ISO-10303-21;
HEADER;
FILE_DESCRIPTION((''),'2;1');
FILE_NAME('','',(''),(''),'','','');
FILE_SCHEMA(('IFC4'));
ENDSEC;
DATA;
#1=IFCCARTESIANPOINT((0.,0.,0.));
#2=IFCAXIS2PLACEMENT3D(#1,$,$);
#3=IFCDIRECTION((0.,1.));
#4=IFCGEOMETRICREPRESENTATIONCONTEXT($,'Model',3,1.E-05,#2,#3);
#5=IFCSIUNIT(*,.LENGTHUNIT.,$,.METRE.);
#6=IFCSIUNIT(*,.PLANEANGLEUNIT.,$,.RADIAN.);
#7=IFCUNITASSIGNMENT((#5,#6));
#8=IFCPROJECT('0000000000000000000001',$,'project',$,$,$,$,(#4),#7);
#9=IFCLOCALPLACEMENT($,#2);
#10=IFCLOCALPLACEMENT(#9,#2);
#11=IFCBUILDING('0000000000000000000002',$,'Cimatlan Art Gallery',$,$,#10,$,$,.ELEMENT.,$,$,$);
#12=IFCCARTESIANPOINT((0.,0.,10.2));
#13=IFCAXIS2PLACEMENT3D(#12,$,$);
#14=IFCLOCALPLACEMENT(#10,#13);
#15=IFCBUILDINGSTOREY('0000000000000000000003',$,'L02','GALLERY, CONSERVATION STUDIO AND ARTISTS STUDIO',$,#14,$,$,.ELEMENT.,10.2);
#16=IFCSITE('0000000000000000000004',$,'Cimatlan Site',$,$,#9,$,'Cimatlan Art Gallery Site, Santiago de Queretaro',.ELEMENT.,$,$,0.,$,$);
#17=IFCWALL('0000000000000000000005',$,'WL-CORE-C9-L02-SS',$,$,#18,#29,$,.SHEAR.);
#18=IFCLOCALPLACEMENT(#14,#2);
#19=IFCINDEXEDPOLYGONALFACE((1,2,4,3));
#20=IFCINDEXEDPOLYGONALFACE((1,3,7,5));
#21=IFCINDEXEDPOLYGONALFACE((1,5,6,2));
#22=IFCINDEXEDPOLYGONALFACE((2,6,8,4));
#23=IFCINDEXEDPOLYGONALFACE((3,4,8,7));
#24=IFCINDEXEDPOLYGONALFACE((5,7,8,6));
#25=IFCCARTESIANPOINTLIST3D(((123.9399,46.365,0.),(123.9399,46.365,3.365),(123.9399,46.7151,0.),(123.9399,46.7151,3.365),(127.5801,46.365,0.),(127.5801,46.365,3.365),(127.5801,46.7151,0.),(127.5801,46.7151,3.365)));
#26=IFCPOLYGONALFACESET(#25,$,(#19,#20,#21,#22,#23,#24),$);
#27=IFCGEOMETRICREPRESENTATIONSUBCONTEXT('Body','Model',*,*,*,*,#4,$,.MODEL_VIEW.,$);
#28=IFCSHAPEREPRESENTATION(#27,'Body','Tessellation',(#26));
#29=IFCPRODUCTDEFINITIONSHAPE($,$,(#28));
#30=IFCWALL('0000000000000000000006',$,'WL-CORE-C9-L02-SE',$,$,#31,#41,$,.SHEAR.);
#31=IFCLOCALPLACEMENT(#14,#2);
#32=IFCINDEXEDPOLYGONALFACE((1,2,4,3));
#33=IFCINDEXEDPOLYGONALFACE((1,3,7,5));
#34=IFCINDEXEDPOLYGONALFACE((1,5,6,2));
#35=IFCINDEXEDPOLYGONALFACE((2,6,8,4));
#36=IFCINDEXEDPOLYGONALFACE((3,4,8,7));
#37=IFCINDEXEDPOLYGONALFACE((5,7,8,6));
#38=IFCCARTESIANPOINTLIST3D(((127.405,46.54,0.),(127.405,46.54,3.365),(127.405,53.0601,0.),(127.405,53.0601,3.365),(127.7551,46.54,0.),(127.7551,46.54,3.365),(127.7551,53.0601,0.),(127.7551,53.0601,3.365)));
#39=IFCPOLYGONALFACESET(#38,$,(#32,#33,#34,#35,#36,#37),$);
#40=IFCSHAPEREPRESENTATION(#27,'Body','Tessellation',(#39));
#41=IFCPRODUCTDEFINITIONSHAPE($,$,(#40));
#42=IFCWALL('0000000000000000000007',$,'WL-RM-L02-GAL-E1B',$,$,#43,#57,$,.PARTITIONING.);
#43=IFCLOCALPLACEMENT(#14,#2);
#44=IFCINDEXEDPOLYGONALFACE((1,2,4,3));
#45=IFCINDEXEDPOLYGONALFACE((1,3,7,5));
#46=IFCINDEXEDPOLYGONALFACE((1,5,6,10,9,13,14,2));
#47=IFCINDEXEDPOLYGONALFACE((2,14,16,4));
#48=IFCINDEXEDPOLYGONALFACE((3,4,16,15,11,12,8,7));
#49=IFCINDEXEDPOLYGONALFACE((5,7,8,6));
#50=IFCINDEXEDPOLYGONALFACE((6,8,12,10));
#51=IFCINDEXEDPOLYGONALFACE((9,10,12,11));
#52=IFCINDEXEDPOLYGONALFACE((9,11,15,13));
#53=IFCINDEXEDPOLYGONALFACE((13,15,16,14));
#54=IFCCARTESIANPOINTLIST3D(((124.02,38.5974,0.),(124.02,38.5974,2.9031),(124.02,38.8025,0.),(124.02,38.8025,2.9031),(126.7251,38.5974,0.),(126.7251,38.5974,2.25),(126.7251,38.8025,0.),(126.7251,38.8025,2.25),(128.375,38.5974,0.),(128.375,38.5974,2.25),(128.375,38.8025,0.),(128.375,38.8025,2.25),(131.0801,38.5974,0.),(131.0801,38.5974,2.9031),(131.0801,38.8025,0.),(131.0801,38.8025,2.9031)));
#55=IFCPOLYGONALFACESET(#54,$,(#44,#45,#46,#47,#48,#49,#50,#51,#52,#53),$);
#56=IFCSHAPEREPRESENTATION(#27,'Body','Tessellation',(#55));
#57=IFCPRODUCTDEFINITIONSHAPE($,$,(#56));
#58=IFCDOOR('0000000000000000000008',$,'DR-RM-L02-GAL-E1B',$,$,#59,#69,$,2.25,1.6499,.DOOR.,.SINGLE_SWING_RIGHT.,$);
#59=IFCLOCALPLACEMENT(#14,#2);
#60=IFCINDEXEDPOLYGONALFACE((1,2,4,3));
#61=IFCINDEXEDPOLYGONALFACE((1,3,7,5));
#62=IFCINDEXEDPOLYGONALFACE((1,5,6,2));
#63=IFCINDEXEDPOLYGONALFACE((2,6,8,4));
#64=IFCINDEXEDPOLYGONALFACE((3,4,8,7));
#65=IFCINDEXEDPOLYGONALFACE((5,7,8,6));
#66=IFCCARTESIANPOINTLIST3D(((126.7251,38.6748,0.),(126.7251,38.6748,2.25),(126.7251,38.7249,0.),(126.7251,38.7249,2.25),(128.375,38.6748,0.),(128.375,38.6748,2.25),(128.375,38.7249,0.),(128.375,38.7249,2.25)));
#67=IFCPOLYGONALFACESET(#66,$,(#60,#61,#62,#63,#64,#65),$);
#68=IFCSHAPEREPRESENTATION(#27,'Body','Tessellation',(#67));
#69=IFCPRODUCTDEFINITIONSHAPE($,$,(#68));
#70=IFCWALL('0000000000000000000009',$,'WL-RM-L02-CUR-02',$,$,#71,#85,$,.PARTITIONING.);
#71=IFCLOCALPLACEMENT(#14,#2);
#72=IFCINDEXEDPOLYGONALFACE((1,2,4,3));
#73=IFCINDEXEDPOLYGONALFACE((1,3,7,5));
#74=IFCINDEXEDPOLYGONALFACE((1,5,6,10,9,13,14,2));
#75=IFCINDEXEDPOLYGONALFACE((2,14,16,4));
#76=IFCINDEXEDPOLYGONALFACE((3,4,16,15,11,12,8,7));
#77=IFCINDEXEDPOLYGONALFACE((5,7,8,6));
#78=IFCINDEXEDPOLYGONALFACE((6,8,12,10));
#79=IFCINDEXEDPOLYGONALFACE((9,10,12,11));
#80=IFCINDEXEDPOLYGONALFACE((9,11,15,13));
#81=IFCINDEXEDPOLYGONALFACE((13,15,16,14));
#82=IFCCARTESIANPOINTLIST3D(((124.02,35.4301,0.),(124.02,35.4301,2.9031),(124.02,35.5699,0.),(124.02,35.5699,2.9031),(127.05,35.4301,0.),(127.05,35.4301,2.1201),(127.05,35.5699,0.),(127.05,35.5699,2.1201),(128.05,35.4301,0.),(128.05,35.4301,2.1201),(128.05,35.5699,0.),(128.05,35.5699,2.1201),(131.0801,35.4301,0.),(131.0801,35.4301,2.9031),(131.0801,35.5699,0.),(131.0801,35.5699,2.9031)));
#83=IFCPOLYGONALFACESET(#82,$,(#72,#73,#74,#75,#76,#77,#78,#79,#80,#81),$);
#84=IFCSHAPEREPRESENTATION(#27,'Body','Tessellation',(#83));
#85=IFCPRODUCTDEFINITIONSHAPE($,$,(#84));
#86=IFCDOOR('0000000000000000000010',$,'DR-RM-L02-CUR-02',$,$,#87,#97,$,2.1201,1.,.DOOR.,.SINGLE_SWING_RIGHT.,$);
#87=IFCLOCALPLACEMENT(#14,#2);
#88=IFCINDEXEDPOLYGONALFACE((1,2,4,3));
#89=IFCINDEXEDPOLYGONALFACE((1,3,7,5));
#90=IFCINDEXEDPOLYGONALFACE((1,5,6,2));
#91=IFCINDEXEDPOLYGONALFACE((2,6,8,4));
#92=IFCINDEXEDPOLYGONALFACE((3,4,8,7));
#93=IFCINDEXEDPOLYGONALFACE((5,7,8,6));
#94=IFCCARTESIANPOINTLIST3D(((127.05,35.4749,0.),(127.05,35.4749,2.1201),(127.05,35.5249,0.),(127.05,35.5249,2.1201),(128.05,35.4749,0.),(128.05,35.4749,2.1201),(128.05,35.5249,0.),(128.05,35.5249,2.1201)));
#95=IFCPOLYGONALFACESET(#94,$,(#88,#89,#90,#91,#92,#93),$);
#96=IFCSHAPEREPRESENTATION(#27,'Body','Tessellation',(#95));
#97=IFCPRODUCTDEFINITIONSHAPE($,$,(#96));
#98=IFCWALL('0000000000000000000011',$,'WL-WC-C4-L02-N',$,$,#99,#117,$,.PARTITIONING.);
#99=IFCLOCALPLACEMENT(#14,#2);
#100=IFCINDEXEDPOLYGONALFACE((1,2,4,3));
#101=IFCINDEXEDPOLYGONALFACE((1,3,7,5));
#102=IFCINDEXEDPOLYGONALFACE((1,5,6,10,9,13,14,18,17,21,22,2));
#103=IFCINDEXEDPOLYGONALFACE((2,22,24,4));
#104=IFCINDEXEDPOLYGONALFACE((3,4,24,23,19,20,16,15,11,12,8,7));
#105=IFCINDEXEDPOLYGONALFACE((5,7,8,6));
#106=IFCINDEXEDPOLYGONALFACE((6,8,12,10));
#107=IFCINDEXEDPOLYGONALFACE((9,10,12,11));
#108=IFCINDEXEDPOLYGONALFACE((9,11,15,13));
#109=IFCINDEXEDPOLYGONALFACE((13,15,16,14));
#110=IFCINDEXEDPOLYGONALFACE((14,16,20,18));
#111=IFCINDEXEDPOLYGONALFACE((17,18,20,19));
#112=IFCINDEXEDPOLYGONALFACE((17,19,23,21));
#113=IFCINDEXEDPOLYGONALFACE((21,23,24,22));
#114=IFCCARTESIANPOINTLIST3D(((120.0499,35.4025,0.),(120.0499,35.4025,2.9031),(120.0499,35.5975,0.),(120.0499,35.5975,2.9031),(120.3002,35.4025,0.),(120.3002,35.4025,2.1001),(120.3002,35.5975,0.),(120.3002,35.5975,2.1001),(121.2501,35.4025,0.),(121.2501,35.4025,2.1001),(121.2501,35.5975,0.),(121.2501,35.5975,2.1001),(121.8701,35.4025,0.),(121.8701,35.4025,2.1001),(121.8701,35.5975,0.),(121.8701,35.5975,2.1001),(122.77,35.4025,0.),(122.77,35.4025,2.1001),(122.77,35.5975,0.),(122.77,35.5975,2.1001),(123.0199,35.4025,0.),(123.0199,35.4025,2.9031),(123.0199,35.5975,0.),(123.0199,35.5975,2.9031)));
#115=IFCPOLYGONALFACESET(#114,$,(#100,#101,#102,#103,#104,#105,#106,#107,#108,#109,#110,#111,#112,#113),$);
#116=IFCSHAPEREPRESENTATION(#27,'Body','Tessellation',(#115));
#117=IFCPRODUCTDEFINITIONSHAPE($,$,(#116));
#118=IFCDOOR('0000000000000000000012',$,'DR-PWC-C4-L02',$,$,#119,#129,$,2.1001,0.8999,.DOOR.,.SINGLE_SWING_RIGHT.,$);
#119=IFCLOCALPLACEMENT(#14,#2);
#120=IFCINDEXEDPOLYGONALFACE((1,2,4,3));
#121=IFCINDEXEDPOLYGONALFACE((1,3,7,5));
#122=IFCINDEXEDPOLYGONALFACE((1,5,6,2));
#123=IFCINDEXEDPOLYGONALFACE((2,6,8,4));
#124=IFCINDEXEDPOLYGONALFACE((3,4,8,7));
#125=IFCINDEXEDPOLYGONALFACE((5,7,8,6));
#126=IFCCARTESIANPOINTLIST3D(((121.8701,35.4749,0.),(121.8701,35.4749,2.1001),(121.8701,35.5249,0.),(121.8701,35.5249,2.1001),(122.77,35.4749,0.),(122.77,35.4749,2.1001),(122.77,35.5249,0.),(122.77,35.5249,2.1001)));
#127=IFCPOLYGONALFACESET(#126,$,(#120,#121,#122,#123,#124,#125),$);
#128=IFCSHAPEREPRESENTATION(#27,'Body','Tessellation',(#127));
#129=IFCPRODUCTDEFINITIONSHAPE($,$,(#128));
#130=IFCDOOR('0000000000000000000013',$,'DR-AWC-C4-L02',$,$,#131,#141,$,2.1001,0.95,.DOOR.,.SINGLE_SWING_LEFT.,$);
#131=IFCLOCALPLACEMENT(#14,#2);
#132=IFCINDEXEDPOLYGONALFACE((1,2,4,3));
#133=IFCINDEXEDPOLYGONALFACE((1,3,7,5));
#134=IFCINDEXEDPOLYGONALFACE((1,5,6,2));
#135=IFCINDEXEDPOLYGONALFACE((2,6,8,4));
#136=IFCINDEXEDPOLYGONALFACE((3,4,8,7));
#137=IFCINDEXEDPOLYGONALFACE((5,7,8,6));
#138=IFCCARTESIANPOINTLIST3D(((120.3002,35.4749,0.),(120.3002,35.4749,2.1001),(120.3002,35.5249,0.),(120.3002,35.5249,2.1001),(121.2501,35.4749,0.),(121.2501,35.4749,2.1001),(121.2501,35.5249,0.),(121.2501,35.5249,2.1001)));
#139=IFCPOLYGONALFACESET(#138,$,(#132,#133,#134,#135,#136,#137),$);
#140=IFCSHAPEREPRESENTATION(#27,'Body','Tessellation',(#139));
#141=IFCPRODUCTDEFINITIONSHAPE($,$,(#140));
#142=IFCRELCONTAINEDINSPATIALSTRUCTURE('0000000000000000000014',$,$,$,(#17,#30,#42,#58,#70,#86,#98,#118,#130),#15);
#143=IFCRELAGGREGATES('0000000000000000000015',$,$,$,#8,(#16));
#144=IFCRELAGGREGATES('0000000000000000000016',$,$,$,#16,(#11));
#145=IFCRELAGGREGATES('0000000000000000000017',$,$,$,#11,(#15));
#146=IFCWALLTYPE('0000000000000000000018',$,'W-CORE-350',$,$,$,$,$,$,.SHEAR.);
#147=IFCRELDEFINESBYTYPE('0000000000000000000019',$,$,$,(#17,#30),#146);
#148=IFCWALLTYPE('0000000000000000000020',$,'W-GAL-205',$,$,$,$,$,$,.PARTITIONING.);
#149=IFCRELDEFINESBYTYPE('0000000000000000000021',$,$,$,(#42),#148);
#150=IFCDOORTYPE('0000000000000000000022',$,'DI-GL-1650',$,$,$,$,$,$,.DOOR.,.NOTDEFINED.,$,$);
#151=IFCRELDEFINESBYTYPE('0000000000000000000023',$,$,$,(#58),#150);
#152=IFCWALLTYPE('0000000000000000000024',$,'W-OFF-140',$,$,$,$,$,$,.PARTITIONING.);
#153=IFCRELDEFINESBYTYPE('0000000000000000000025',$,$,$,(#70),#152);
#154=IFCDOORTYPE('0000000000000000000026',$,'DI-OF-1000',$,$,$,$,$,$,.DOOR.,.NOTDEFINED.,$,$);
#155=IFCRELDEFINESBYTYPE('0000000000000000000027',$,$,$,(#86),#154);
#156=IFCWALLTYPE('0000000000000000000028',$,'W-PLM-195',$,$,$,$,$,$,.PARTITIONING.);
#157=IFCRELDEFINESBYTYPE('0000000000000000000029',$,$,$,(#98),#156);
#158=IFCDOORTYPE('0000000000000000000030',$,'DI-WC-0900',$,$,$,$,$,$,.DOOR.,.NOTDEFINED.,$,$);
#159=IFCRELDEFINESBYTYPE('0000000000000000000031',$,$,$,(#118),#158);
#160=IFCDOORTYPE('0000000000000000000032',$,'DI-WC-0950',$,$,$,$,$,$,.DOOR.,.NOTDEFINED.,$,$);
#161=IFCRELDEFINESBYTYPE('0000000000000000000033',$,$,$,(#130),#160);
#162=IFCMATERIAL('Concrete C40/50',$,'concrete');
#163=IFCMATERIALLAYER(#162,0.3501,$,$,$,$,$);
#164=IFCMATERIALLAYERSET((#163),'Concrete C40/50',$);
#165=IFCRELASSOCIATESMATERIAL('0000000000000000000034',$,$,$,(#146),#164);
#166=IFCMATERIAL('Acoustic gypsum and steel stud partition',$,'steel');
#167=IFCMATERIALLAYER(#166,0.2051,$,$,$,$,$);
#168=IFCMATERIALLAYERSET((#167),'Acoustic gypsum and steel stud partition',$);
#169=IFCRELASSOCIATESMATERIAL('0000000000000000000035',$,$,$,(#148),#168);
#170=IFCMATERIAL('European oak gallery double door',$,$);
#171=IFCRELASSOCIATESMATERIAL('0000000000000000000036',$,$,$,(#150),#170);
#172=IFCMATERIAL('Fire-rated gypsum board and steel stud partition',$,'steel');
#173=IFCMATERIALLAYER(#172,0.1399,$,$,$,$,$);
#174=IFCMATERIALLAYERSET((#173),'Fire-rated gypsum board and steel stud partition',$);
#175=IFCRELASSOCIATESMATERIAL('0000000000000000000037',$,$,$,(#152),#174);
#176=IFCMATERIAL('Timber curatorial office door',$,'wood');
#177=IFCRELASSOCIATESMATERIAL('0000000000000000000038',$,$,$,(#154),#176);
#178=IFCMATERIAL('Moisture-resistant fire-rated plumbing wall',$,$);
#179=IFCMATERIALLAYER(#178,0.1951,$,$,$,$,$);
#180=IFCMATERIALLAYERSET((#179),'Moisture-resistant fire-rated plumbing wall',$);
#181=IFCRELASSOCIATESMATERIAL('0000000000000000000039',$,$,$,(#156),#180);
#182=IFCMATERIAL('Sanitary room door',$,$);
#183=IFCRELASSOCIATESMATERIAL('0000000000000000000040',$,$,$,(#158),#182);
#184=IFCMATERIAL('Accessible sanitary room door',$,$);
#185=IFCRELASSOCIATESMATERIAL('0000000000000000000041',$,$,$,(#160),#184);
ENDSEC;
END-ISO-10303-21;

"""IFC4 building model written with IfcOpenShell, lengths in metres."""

from ifc_helpers import new_model, si_unit, direction, frame, frame_2d, origin, place, context, subcontext, project, spatial, rectangle, extrude, material, layer, layer_set, type_object, element, fill, save


model = new_model("IFC4")

# Units and contexts
model_context = context("Model", 3, precision=1e-05, world=origin(), true_north=direction((0.0, 1.0)))
body_context = subcontext(model_context, "Body", "Model", "MODEL_VIEW")
ifc_project = project(units=[si_unit("LENGTHUNIT", "METRE"), si_unit("PLANEANGLEUNIT", "RADIAN")], contexts=[model_context])

# Site, building, storey
site_placement = place(None, origin())
site = spatial("IfcSite", under=ifc_project, at=site_placement, Name="Cimatlan Site", LongName="Cimatlan Art Gallery Site, Santiago de Queretaro", CompositionType="ELEMENT", RefElevation=0.0)
building_placement = place(site_placement, origin())
building = spatial("IfcBuilding", under=site, at=building_placement, Name="Cimatlan Art Gallery", CompositionType="ELEMENT")
storey_placement = place(building_placement, frame((0.0, 0.0, 10.2)))
storey = spatial("IfcBuildingStorey", under=building, at=storey_placement, Name="L02", Description="GALLERY, CONSERVATION STUDIO AND ARTISTS STUDIO", CompositionType="ELEMENT", Elevation=10.2)

# Walls
ifc_material_1 = material(Name="Concrete C40/50", Category="concrete")
ifc_layer_1 = layer(ifc_material_1, 0.3501)
ifc_layer_set_1 = layer_set([ifc_layer_1], Name="Concrete C40/50")
wall_type_1 = type_object("IfcWallType", Name="W-CORE-350", PredefinedType="SHEAR", material=ifc_layer_set_1)
wall_1_placement = place(storey_placement, frame((123.9399, 46.54, 0.0), z_axis=(0.0, 0.0, 1.0), x_axis=(1.0, 0.0, 0.0)))
element("IfcWall", 1, at=wall_1_placement, inside=storey, type_object=wall_type_1, Name="WL-CORE-C9-L02-SS", PredefinedType="SHEAR", context=body_context, shape_type="SweptSolid", body=[
    extrude(rectangle(XDim=3.6401, YDim=0.3501, at=frame_2d((1.8201, 0.0))), origin(), (0.0, 0.0, 1.0), 3.365),
])
wall_2_placement = place(storey_placement, frame((127.5801, 46.54, 0.0), z_axis=(0.0, 0.0, 1.0), x_axis=(0.0, 1.0, 0.0)))
element("IfcWall", 2, at=wall_2_placement, inside=storey, type_object=wall_type_1, Name="WL-CORE-C9-L02-SE", PredefinedType="SHEAR", context=body_context, shape_type="SweptSolid", body=[
    extrude(rectangle(XDim=6.52, YDim=0.3501, at=frame_2d((3.26, 0.0))), origin(), (0.0, 0.0, 1.0), 3.365),
])

# Walls, openings, doors
ifc_material_2 = material(Name="Acoustic gypsum and steel stud partition", Category="steel")
ifc_layer_2 = layer(ifc_material_2, 0.2051)
ifc_layer_set_2 = layer_set([ifc_layer_2], Name="Acoustic gypsum and steel stud partition")
wall_type_2 = type_object("IfcWallType", Name="W-GAL-205", PredefinedType="PARTITIONING", material=ifc_layer_set_2)
wall_3_placement = place(storey_placement, frame((124.02, 38.7, 0.0), z_axis=(0.0, 0.0, 1.0), x_axis=(1.0, 0.0, 0.0)))
wall_3 = element("IfcWall", 3, at=wall_3_placement, inside=storey, type_object=wall_type_2, Name="WL-RM-L02-GAL-E1B", PredefinedType="PARTITIONING", context=body_context, shape_type="SweptSolid", body=[
    extrude(rectangle(XDim=7.0601, YDim=0.2051, at=frame_2d((3.53, 0.0))), origin(), (0.0, 0.0, 1.0), 2.9031),
])
opening_1_placement = place(wall_3_placement, frame((2.7051, 0.0, 0.0)))
opening_1 = element("IfcOpeningElement", 4, at=opening_1_placement, cuts=wall_3, PredefinedType="OPENING", context=body_context, shape_type="SweptSolid", body=[
    extrude(rectangle(XDim=1.6499, YDim=2.25, at=frame_2d((0.825, 1.125))), frame((0.0, 0.1125, 0.0), z_axis=(0.0, -1.0, 0.0), x_axis=(1.0, 0.0, 0.0)), (0.0, 0.0, 1.0), 0.2251),
])
ifc_material_3 = material(Name="European oak gallery double door")
door_type_1 = type_object("IfcDoorType", Name="DI-GL-1650", OperationType="NOTDEFINED", PredefinedType="DOOR", material=ifc_material_3)
door_1_placement = place(opening_1_placement, origin())
door_1 = element("IfcDoor", 5, at=door_1_placement, inside=storey, type_object=door_type_1, Name="DR-RM-L02-GAL-E1B", OperationType="SINGLE_SWING_RIGHT", OverallHeight=2.25, OverallWidth=1.6499, PredefinedType="DOOR", context=body_context, shape_type="SweptSolid", body=[
    extrude(rectangle(XDim=1.6499, YDim=2.25, at=frame_2d((0.825, 1.125))), frame((0.0, 0.0249, 0.0), z_axis=(0.0, -1.0, 0.0), x_axis=(1.0, 0.0, 0.0)), (0.0, 0.0, 1.0), 0.05),
])
fill(opening_1, door_1)
ifc_material_4 = material(Name="Fire-rated gypsum board and steel stud partition", Category="steel")
ifc_layer_3 = layer(ifc_material_4, 0.1399)
ifc_layer_set_3 = layer_set([ifc_layer_3], Name="Fire-rated gypsum board and steel stud partition")
wall_type_3 = type_object("IfcWallType", Name="W-OFF-140", PredefinedType="PARTITIONING", material=ifc_layer_set_3)
wall_4_placement = place(storey_placement, frame((124.02, 35.5, 0.0), z_axis=(0.0, 0.0, 1.0), x_axis=(1.0, 0.0, 0.0)))
wall_4 = element("IfcWall", 6, at=wall_4_placement, inside=storey, type_object=wall_type_3, Name="WL-RM-L02-CUR-02", PredefinedType="PARTITIONING", context=body_context, shape_type="SweptSolid", body=[
    extrude(rectangle(XDim=7.0601, YDim=0.1399, at=frame_2d((3.53, 0.0))), origin(), (0.0, 0.0, 1.0), 2.9031),
])
opening_2_placement = place(wall_4_placement, frame((3.03, 0.0, 0.0)))
opening_2 = element("IfcOpeningElement", 7, at=opening_2_placement, cuts=wall_4, PredefinedType="OPENING", context=body_context, shape_type="SweptSolid", body=[
    extrude(rectangle(XDim=1.0, YDim=2.1201, at=frame_2d((0.5, 1.0601))), frame((0.0, 0.0801, 0.0), z_axis=(0.0, -1.0, 0.0), x_axis=(1.0, 0.0, 0.0)), (0.0, 0.0, 1.0), 0.1599),
])
ifc_material_5 = material(Name="Timber curatorial office door", Category="wood")
door_type_2 = type_object("IfcDoorType", Name="DI-OF-1000", OperationType="NOTDEFINED", PredefinedType="DOOR", material=ifc_material_5)
door_2_placement = place(opening_2_placement, origin())
door_2 = element("IfcDoor", 8, at=door_2_placement, inside=storey, type_object=door_type_2, Name="DR-RM-L02-CUR-02", OperationType="SINGLE_SWING_RIGHT", OverallHeight=2.1201, OverallWidth=1.0, PredefinedType="DOOR", context=body_context, shape_type="SweptSolid", body=[
    extrude(rectangle(XDim=1.0, YDim=2.1201, at=frame_2d((0.5, 1.0601))), frame((0.0, 0.0249, 0.0), z_axis=(0.0, -1.0, 0.0), x_axis=(1.0, 0.0, 0.0)), (0.0, 0.0, 1.0), 0.05),
])
fill(opening_2, door_2)

# Wall, openings, doors
ifc_material_6 = material(Name="Moisture-resistant fire-rated plumbing wall")
ifc_layer_4 = layer(ifc_material_6, 0.1951)
ifc_layer_set_4 = layer_set([ifc_layer_4], Name="Moisture-resistant fire-rated plumbing wall")
wall_type_4 = type_object("IfcWallType", Name="W-PLM-195", PredefinedType="PARTITIONING", material=ifc_layer_set_4)
wall_5_placement = place(storey_placement, frame((120.05, 35.5, 0.0), z_axis=(0.0, 0.0, 1.0), x_axis=(1.0, 0.0, 0.0)))
wall_5 = element("IfcWall", 9, at=wall_5_placement, inside=storey, type_object=wall_type_4, Name="WL-WC-C4-L02-N", PredefinedType="PARTITIONING", context=body_context, shape_type="SweptSolid", body=[
    extrude(rectangle(XDim=2.97, YDim=0.1951, at=frame_2d((1.4849, 0.0))), origin(), (0.0, 0.0, 1.0), 2.9031),
])
opening_3_placement = place(wall_5_placement, frame((0.25, 0.0, 0.0)))
opening_3 = element("IfcOpeningElement", 10, at=opening_3_placement, cuts=wall_5, PredefinedType="OPENING", context=body_context, shape_type="SweptSolid", body=[
    extrude(rectangle(XDim=0.95, YDim=2.1001, at=frame_2d((0.4751, 1.05))), frame((0.0, 0.1074, 0.0), z_axis=(0.0, -1.0, 0.0), x_axis=(1.0, 0.0, 0.0)), (0.0, 0.0, 1.0), 0.2151),
])
opening_4_placement = place(wall_5_placement, frame((1.8201, 0.0, 0.0)))
opening_4 = element("IfcOpeningElement", 11, at=opening_4_placement, cuts=wall_5, PredefinedType="OPENING", context=body_context, shape_type="SweptSolid", body=[
    extrude(rectangle(XDim=0.8999, YDim=2.1001, at=frame_2d((0.45, 1.05))), frame((0.0, 0.1074, 0.0), z_axis=(0.0, -1.0, 0.0), x_axis=(1.0, 0.0, 0.0)), (0.0, 0.0, 1.0), 0.2151),
])
ifc_material_7 = material(Name="Sanitary room door")
door_type_3 = type_object("IfcDoorType", Name="DI-WC-0900", OperationType="NOTDEFINED", PredefinedType="DOOR", material=ifc_material_7)
door_3_placement = place(opening_4_placement, origin())
door_3 = element("IfcDoor", 12, at=door_3_placement, inside=storey, type_object=door_type_3, Name="DR-PWC-C4-L02", OperationType="SINGLE_SWING_RIGHT", OverallHeight=2.1001, OverallWidth=0.8999, PredefinedType="DOOR", context=body_context, shape_type="SweptSolid", body=[
    extrude(rectangle(XDim=0.8999, YDim=2.1001, at=frame_2d((0.45, 1.05))), frame((0.0, 0.0249, 0.0), z_axis=(0.0, -1.0, 0.0), x_axis=(1.0, 0.0, 0.0)), (0.0, 0.0, 1.0), 0.05),
])
fill(opening_4, door_3)
ifc_material_8 = material(Name="Accessible sanitary room door")
door_type_4 = type_object("IfcDoorType", Name="DI-WC-0950", OperationType="NOTDEFINED", PredefinedType="DOOR", material=ifc_material_8)
door_4_placement = place(opening_3_placement, origin())
door_4 = element("IfcDoor", 13, at=door_4_placement, inside=storey, type_object=door_type_4, Name="DR-AWC-C4-L02", OperationType="SINGLE_SWING_LEFT", OverallHeight=2.1001, OverallWidth=0.95, PredefinedType="DOOR", context=body_context, shape_type="SweptSolid", body=[
    extrude(rectangle(XDim=0.95, YDim=2.1001, at=frame_2d((0.4751, 1.05))), frame((0.0, 0.0249, 0.0), z_axis=(0.0, -1.0, 0.0), x_axis=(1.0, 0.0, 0.0)), (0.0, 0.0, 1.0), 0.05),
])
fill(opening_3, door_4)

save(model, "model.ifc")
